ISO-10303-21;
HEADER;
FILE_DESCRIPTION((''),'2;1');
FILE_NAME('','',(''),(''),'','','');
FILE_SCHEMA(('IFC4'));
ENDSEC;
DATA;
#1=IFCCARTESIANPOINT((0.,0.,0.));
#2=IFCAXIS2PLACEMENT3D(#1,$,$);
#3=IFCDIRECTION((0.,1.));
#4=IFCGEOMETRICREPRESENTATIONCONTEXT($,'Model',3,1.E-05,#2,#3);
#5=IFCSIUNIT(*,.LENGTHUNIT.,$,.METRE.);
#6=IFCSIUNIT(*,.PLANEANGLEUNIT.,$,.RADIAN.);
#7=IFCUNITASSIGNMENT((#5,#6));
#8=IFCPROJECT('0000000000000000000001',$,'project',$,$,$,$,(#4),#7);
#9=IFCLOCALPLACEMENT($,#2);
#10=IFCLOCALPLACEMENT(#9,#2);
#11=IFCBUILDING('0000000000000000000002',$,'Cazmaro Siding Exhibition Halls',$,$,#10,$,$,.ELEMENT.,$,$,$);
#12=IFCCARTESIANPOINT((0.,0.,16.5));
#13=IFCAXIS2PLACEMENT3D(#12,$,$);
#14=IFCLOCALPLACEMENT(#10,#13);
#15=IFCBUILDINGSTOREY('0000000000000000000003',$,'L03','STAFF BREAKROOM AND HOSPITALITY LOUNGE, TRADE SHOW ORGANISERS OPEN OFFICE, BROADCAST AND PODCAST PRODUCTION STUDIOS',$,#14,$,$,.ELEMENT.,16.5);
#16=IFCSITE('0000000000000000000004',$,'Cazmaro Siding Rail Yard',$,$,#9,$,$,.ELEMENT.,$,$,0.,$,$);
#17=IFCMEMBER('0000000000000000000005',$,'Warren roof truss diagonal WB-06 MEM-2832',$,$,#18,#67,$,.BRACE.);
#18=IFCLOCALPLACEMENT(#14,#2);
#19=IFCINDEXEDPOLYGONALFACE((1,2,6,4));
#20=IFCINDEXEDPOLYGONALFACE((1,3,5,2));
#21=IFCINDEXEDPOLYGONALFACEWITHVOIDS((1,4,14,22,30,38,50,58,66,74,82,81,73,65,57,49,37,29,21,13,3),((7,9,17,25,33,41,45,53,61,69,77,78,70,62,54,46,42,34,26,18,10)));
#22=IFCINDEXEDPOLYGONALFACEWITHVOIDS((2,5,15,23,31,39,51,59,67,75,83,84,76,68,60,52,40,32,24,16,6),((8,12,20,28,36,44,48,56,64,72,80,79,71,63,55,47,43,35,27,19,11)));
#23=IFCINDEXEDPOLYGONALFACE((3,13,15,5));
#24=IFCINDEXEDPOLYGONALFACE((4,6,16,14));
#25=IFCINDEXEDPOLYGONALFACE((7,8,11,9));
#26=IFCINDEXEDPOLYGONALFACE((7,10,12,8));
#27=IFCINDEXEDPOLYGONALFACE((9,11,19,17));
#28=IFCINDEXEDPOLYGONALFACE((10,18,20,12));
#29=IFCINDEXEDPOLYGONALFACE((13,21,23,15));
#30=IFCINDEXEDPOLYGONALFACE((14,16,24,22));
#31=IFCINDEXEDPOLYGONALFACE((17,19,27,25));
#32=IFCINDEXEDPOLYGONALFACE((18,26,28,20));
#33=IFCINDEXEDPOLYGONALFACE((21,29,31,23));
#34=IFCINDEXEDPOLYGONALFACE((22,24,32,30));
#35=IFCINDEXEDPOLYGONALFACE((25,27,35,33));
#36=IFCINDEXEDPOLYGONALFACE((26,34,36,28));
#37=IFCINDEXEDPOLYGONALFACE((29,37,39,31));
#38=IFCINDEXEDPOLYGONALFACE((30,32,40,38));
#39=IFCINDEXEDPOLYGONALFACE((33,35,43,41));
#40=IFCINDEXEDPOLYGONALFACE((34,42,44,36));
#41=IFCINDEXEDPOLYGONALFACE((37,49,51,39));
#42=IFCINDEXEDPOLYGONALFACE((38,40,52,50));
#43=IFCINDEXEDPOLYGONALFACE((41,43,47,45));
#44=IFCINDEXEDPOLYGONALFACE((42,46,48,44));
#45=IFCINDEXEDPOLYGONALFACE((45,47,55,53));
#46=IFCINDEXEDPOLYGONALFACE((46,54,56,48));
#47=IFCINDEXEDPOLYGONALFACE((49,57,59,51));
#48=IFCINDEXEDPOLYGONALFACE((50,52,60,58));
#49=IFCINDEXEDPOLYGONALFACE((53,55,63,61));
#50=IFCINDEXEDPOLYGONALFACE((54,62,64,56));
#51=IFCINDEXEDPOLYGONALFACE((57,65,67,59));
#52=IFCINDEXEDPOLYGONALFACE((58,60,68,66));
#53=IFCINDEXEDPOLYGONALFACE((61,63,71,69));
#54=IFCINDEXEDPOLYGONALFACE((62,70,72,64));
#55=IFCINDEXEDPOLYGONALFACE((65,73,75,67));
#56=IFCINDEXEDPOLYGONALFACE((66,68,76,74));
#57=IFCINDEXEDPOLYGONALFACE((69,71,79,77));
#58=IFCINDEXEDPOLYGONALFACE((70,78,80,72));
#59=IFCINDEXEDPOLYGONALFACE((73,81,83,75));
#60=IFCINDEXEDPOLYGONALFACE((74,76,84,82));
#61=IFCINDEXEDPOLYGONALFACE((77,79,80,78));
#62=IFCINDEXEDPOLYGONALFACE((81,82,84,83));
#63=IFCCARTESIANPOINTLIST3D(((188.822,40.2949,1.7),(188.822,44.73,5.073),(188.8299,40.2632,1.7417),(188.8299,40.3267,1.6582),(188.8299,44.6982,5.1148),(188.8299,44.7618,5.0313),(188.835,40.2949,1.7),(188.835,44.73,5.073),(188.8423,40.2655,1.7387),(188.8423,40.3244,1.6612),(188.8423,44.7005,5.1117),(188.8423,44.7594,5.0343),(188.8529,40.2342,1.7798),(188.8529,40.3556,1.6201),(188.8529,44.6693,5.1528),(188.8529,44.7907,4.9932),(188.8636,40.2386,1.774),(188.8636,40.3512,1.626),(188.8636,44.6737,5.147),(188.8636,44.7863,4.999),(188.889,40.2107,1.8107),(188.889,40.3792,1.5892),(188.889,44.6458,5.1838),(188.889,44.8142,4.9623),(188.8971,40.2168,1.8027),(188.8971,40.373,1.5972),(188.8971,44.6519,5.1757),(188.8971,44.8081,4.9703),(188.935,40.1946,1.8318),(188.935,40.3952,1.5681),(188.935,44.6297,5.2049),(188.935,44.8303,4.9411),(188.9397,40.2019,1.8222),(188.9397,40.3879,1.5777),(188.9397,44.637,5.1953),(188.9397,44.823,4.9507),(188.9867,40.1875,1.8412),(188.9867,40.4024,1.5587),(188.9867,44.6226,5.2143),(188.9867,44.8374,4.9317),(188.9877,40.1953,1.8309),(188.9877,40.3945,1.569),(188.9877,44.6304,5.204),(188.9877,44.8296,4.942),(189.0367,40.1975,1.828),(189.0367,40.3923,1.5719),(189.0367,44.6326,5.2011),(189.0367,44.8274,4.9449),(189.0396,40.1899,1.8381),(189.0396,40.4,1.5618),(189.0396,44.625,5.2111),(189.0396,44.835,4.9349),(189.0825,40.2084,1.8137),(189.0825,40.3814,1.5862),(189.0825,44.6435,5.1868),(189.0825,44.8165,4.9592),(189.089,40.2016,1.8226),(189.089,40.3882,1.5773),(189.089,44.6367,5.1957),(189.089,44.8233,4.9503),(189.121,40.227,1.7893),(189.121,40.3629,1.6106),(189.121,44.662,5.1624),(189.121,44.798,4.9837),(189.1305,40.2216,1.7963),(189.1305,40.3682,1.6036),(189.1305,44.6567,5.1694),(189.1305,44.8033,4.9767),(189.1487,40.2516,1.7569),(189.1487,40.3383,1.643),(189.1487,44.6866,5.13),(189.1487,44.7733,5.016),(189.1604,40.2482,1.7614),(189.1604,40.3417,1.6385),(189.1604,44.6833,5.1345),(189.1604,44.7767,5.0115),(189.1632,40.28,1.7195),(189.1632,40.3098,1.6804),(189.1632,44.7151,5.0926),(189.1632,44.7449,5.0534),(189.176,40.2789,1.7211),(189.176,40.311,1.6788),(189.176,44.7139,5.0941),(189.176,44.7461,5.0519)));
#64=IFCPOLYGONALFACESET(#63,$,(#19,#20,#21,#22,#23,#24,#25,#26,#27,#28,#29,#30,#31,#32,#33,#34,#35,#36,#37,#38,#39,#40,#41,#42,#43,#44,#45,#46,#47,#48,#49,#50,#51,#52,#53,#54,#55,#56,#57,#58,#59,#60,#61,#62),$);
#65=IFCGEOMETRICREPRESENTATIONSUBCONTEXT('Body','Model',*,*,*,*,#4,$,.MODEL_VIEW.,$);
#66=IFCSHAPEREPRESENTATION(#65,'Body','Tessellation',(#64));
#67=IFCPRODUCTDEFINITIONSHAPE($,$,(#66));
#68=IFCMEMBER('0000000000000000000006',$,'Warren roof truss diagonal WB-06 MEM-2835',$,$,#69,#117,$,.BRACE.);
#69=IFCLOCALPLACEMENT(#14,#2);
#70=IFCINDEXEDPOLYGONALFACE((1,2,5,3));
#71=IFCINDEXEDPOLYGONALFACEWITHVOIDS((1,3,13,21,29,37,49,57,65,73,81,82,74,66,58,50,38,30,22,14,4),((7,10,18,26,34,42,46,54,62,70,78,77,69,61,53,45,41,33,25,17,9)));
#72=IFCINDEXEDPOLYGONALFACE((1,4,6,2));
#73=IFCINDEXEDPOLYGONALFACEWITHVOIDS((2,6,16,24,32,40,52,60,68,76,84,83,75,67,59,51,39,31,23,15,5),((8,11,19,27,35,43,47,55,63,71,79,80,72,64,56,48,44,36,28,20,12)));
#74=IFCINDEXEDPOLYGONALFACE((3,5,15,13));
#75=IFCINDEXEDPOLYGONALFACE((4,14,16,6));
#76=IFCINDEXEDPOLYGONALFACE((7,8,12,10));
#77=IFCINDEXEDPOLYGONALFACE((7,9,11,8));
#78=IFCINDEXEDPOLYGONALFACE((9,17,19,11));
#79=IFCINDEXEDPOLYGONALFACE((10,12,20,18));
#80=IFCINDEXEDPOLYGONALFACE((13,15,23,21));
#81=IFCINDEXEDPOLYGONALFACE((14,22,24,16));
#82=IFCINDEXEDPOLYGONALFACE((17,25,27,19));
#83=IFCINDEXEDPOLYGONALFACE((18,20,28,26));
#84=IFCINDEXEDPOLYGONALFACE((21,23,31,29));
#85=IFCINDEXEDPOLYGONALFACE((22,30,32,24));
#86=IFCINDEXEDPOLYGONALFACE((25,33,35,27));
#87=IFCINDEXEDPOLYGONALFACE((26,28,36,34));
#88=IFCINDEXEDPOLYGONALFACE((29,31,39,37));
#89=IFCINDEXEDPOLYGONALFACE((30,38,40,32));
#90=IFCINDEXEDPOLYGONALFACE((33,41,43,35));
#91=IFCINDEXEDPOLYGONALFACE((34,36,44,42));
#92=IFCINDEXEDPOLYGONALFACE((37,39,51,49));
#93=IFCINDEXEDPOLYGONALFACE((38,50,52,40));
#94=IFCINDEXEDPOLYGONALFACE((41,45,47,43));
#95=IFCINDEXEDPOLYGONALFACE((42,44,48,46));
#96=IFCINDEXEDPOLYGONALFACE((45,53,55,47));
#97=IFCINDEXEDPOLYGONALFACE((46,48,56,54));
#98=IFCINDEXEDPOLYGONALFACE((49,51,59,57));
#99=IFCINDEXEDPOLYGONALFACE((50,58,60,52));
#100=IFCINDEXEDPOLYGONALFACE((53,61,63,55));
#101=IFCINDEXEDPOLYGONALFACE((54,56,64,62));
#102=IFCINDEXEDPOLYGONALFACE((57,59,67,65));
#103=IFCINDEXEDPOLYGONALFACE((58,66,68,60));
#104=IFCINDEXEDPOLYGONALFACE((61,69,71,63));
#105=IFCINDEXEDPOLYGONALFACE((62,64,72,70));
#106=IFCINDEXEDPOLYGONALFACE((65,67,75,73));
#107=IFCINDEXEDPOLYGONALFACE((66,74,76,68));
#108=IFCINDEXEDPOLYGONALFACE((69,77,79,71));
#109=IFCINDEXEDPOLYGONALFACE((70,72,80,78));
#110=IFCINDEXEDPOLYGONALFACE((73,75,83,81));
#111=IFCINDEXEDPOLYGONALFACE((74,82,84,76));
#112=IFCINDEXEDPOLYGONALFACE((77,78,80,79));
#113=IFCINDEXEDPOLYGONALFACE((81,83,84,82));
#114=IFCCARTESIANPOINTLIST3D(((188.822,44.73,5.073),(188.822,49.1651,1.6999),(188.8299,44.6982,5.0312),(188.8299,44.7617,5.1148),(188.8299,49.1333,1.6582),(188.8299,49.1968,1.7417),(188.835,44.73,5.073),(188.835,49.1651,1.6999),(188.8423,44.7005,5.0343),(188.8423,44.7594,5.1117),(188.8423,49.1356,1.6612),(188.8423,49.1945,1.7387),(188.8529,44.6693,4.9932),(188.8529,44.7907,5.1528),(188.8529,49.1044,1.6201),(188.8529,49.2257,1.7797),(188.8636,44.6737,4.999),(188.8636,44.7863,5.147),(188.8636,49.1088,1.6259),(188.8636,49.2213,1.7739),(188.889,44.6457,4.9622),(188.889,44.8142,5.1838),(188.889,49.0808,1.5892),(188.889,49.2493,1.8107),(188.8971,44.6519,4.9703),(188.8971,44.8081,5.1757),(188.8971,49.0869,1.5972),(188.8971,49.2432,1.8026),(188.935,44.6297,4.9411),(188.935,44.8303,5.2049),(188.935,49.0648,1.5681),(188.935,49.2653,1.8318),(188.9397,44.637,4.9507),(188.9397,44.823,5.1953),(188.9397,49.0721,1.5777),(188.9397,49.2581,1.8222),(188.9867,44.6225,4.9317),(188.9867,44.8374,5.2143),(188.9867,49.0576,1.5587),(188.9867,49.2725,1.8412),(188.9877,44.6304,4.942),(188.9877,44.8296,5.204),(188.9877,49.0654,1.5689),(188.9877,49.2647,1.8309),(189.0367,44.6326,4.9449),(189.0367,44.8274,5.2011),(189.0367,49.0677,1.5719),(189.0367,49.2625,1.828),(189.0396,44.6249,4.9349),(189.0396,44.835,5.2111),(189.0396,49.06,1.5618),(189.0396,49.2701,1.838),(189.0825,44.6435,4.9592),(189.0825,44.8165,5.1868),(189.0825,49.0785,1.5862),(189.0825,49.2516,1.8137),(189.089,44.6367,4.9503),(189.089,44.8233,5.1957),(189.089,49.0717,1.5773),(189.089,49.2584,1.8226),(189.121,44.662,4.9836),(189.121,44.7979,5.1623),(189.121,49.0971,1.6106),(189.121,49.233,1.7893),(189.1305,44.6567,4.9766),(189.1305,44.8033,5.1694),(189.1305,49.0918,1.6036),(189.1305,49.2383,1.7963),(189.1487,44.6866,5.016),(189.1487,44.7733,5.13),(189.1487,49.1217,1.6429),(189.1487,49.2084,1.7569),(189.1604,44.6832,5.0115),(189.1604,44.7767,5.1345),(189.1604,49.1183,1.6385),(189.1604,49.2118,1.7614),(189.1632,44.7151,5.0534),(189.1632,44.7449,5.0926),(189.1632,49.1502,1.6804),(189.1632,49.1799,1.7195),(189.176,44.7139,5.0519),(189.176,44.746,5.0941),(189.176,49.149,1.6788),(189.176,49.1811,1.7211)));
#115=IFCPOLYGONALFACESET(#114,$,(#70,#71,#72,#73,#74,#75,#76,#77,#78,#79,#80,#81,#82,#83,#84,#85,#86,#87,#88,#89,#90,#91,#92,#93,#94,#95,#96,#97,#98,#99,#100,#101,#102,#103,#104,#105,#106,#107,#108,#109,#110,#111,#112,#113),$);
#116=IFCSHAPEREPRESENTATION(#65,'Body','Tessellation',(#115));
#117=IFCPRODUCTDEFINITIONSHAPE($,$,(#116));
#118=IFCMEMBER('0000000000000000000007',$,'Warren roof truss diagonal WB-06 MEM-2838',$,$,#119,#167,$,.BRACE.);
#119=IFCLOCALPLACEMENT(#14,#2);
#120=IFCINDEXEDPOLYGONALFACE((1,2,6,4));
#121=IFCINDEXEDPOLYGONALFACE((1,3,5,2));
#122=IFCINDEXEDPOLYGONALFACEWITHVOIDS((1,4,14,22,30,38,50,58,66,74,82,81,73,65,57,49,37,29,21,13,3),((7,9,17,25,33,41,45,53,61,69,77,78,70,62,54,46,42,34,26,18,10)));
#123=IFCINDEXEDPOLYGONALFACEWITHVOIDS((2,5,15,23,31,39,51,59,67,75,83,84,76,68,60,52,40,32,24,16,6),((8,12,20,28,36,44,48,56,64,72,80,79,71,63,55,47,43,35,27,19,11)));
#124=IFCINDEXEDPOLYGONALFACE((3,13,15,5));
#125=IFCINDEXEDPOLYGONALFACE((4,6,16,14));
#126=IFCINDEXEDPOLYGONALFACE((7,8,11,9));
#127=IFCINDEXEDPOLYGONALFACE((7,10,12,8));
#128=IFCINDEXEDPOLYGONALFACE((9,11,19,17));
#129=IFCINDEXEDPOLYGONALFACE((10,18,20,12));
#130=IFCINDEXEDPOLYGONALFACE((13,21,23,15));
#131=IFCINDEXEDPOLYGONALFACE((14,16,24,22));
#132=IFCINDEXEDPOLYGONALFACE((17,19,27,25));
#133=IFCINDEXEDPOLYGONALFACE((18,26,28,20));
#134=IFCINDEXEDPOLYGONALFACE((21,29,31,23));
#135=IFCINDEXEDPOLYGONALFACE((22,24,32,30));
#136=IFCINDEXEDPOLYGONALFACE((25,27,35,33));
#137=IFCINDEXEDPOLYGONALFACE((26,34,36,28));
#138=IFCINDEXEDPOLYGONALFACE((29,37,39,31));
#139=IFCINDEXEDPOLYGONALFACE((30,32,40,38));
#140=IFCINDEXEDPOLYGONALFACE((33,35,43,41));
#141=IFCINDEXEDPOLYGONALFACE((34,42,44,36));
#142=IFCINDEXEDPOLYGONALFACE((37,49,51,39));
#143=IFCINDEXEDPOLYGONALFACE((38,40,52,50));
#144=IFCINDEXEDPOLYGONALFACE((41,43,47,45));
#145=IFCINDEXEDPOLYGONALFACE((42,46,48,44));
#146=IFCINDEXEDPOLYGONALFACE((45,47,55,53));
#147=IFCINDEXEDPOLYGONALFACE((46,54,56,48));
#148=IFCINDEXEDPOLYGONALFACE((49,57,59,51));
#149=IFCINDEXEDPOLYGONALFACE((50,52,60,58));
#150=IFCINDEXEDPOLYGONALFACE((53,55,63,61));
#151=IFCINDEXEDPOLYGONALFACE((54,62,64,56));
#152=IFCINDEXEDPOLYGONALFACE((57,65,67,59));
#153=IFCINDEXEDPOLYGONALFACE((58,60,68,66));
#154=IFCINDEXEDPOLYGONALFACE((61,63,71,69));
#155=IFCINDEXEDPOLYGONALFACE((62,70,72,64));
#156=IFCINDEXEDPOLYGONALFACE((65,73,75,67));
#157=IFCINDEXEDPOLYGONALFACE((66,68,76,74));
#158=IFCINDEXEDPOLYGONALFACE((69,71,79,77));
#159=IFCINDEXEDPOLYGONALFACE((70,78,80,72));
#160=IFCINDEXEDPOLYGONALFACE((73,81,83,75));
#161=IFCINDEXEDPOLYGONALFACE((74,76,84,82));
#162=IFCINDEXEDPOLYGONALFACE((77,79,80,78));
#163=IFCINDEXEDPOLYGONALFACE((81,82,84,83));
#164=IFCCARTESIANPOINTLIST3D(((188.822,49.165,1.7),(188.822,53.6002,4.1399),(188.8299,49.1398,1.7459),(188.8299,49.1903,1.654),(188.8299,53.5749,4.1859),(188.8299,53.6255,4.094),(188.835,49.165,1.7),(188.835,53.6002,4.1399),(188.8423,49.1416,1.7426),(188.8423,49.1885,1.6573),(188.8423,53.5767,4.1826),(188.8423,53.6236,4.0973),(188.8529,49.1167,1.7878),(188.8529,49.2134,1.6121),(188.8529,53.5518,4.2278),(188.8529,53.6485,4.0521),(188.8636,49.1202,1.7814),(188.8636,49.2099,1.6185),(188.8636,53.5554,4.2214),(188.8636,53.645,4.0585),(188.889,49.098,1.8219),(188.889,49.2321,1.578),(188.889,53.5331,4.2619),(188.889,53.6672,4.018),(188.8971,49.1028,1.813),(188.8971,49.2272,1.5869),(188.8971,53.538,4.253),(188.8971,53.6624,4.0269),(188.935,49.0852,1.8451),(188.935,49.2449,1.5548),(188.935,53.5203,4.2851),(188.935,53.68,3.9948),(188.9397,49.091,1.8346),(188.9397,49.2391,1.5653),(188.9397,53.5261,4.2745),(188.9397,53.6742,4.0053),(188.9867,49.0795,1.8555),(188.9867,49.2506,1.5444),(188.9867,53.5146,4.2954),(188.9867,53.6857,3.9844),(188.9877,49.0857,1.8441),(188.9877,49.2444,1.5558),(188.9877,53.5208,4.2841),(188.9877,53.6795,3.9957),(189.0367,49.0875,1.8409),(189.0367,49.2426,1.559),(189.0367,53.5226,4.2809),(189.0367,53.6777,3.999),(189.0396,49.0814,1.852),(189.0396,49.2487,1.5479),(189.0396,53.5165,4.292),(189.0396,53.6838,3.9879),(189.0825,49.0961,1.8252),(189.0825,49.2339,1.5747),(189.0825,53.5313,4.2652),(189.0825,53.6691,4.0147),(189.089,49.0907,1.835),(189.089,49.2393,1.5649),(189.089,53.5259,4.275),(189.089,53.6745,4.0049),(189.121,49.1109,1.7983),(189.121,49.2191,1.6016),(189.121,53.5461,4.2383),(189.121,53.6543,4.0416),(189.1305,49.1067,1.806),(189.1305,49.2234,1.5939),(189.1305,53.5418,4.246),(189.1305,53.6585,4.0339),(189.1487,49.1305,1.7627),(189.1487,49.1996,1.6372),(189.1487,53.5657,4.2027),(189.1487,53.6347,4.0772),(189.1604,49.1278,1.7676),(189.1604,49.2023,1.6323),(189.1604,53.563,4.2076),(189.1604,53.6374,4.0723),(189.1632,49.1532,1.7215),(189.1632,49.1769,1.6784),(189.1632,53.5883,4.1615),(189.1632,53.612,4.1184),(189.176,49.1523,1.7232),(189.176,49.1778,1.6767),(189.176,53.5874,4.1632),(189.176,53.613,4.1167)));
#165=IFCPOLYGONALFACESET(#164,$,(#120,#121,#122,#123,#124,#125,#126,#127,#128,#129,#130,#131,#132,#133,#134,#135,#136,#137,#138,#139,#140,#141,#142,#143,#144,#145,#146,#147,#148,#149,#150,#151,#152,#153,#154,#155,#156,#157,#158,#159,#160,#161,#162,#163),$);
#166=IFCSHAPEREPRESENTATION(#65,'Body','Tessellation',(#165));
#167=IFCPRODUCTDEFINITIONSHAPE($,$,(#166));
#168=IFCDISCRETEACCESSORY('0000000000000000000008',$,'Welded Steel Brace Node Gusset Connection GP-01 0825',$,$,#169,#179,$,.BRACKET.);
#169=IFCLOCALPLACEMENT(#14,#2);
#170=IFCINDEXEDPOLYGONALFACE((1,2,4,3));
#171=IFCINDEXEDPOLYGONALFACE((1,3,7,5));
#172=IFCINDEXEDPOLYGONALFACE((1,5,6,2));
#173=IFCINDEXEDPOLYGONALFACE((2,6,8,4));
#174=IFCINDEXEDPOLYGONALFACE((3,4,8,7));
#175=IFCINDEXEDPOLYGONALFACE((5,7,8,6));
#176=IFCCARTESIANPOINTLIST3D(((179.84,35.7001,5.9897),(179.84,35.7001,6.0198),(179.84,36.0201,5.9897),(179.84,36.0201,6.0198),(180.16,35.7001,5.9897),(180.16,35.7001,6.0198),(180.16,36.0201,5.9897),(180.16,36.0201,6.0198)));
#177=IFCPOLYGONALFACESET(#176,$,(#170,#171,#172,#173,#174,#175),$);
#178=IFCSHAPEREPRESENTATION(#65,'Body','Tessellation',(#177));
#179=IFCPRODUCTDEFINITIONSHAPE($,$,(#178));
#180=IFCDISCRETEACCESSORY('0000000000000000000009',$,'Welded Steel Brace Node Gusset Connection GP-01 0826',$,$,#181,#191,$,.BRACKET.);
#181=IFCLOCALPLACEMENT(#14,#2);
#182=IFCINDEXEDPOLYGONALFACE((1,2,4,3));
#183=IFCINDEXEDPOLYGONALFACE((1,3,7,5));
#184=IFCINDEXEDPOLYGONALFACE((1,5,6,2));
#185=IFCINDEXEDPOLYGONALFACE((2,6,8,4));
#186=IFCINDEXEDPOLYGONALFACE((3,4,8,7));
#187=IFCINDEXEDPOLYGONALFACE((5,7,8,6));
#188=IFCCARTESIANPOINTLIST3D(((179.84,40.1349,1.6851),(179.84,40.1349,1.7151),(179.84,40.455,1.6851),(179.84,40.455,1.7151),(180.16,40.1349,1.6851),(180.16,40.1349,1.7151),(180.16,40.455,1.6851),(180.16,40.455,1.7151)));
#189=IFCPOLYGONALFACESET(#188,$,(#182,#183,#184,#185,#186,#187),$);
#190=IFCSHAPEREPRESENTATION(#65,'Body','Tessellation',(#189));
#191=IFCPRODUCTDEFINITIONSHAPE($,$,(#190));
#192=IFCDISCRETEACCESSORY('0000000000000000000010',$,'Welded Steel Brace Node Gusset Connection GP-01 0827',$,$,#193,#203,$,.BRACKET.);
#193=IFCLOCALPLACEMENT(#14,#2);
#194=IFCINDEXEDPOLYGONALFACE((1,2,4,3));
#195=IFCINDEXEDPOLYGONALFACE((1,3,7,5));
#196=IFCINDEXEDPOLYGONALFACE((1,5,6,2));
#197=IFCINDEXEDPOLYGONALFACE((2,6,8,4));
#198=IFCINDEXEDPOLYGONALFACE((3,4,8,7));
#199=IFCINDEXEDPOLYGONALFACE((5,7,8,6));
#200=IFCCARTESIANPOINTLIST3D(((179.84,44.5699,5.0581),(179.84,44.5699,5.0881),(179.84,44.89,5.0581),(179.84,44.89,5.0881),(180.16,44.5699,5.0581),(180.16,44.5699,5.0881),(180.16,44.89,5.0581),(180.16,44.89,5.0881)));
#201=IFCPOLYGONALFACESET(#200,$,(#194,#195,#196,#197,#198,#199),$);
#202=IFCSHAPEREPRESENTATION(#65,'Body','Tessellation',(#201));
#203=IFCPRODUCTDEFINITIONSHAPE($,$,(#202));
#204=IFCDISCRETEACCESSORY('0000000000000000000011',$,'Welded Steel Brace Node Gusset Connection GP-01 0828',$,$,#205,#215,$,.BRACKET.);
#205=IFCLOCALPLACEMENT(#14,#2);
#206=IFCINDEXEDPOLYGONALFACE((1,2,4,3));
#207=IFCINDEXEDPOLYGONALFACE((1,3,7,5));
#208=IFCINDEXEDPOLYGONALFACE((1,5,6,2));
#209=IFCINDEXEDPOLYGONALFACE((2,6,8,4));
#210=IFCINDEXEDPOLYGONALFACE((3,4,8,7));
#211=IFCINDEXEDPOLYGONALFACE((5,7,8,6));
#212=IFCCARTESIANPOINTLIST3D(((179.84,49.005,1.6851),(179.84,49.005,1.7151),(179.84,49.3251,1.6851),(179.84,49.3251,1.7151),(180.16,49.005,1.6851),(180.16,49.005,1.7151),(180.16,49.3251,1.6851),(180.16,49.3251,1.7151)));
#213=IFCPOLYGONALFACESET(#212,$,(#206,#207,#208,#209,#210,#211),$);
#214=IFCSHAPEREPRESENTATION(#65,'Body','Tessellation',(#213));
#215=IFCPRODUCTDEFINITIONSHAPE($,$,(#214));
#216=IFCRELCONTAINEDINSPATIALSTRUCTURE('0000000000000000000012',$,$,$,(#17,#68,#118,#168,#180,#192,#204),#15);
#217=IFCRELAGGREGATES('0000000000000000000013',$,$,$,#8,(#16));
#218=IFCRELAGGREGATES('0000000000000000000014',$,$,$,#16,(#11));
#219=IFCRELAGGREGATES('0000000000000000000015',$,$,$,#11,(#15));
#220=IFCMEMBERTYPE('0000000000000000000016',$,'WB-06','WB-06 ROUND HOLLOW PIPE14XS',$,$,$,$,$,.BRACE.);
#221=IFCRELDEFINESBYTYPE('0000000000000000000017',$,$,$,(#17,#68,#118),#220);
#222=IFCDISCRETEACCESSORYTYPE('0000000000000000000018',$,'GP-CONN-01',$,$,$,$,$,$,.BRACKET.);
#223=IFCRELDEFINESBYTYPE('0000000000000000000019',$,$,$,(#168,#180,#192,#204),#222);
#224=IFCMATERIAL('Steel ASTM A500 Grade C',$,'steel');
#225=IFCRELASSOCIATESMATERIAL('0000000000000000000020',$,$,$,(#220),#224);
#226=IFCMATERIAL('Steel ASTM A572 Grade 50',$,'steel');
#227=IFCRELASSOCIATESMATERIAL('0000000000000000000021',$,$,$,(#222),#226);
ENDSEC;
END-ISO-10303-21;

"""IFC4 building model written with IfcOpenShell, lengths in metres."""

from ifc_helpers import new_model, si_unit, direction, frame, origin, origin_2d, place, context, subcontext, project, spatial, rectangle, hollow_circle, extrude, material, material_profile, profile_set, type_object, element, save


model = new_model("IFC4")

# Units and contexts
model_context = context("Model", 3, precision=1e-05, world=origin(), true_north=direction((0.0, 1.0)))
body_context = subcontext(model_context, "Body", "Model", "MODEL_VIEW")
ifc_project = project(units=[si_unit("LENGTHUNIT", "METRE"), si_unit("PLANEANGLEUNIT", "RADIAN")], contexts=[model_context])

# Site, building, storey
site_placement = place(None, origin())
site = spatial("IfcSite", under=ifc_project, at=site_placement, Name="Cazmaro Siding Rail Yard", CompositionType="ELEMENT", RefElevation=0.0)
building_placement = place(site_placement, origin())
building = spatial("IfcBuilding", under=site, at=building_placement, Name="Cazmaro Siding Exhibition Halls", CompositionType="ELEMENT")
storey_placement = place(building_placement, frame((0.0, 0.0, 16.5)))
storey = spatial("IfcBuildingStorey", under=building, at=storey_placement, Name="L03", Description="STAFF BREAKROOM AND HOSPITALITY LOUNGE, TRADE SHOW ORGANISERS OPEN OFFICE, BROADCAST AND PODCAST PRODUCTION STUDIOS", CompositionType="ELEMENT", Elevation=16.5)

# Members
ifc_material_1 = material(Name="Steel ASTM A500 Grade C", Category="steel")
ifc_material_profile_1 = material_profile(ifc_material_1, hollow_circle(Radius=0.178, WallThickness=0.0129, at=origin_2d()), Name="PIPE14XS")
ifc_profile_set_1 = profile_set([ifc_material_profile_1], Name="Steel ASTM A500 Grade C")
member_type_1 = type_object("IfcMemberType", Name="WB-06", Description="WB-06 ROUND HOLLOW PIPE14XS", PredefinedType="BRACE", material=ifc_profile_set_1)
for number, where, z_axis, x_axis, name in (
    (1, (189.0, 40.2949, 1.7), (0.0, 0.795954, 0.605357), (-1.0, 0.0, 0.0), "Warren roof truss diagonal WB-06 MEM-2832"),
    (2, (189.0, 44.73, 5.073), (0.0, 0.795954, -0.605357), (-1.0, 0.0, 0.0), "Warren roof truss diagonal WB-06 MEM-2835"),
):
    element("IfcMember", number, at=place(storey_placement, frame(where, z_axis=z_axis, x_axis=x_axis)), inside=storey, type_object=member_type_1, Name=name, PredefinedType="BRACE", context=body_context, shape_type="SweptSolid", body=[
        extrude(hollow_circle(Radius=0.178, WallThickness=0.0129, at=origin_2d()), origin(), (0.0, 0.0, 1.0), 5.572),
    ])
member_1_placement = place(storey_placement, frame((189.0, 49.165, 1.7), z_axis=(0.0, 0.876161, 0.482019), x_axis=(-1.0, 0.0, 0.0)))
element("IfcMember", 3, at=member_1_placement, inside=storey, type_object=member_type_1, Name="Warren roof truss diagonal WB-06 MEM-2838", PredefinedType="BRACE", context=body_context, shape_type="SweptSolid", body=[
    extrude(hollow_circle(Radius=0.178, WallThickness=0.0129, at=origin_2d()), origin(), (0.0, 0.0, 1.0), 5.062),
])

# Discrete accessories
ifc_material_2 = material(Name="Steel ASTM A572 Grade 50", Category="steel")
discrete_accessory_type = type_object("IfcDiscreteAccessoryType", Name="GP-CONN-01", PredefinedType="BRACKET", material=ifc_material_2)
for number, where, z_axis, x_axis, name in (
    (4, (180.0, 35.8601, 5.9897), (0.0, 0.0, 1.0), (1.0, 0.0, 0.0), "Welded Steel Brace Node Gusset Connection GP-01 0825"),
    (5, (180.0, 40.2949, 1.6851), (0.0, 0.0, 1.0), (1.0, 0.0, 0.0), "Welded Steel Brace Node Gusset Connection GP-01 0826"),
    (6, (180.0, 44.73, 5.0581), (0.0, 0.0, 1.0), (1.0, 0.0, 0.0), "Welded Steel Brace Node Gusset Connection GP-01 0827"),
    (7, (180.0, 49.165, 1.6851), (0.0, 0.0, 1.0), (1.0, 0.0, 0.0), "Welded Steel Brace Node Gusset Connection GP-01 0828"),
):
    element("IfcDiscreteAccessory", number, at=place(storey_placement, frame(where, z_axis=z_axis, x_axis=x_axis)), inside=storey, type_object=discrete_accessory_type, Name=name, PredefinedType="BRACKET", context=body_context, shape_type="SweptSolid", body=[
        extrude(rectangle(XDim=0.3201, YDim=0.3201, at=origin_2d()), origin(), (0.0, 0.0, 1.0), 0.03),
    ])

save(model, "model.ifc")
